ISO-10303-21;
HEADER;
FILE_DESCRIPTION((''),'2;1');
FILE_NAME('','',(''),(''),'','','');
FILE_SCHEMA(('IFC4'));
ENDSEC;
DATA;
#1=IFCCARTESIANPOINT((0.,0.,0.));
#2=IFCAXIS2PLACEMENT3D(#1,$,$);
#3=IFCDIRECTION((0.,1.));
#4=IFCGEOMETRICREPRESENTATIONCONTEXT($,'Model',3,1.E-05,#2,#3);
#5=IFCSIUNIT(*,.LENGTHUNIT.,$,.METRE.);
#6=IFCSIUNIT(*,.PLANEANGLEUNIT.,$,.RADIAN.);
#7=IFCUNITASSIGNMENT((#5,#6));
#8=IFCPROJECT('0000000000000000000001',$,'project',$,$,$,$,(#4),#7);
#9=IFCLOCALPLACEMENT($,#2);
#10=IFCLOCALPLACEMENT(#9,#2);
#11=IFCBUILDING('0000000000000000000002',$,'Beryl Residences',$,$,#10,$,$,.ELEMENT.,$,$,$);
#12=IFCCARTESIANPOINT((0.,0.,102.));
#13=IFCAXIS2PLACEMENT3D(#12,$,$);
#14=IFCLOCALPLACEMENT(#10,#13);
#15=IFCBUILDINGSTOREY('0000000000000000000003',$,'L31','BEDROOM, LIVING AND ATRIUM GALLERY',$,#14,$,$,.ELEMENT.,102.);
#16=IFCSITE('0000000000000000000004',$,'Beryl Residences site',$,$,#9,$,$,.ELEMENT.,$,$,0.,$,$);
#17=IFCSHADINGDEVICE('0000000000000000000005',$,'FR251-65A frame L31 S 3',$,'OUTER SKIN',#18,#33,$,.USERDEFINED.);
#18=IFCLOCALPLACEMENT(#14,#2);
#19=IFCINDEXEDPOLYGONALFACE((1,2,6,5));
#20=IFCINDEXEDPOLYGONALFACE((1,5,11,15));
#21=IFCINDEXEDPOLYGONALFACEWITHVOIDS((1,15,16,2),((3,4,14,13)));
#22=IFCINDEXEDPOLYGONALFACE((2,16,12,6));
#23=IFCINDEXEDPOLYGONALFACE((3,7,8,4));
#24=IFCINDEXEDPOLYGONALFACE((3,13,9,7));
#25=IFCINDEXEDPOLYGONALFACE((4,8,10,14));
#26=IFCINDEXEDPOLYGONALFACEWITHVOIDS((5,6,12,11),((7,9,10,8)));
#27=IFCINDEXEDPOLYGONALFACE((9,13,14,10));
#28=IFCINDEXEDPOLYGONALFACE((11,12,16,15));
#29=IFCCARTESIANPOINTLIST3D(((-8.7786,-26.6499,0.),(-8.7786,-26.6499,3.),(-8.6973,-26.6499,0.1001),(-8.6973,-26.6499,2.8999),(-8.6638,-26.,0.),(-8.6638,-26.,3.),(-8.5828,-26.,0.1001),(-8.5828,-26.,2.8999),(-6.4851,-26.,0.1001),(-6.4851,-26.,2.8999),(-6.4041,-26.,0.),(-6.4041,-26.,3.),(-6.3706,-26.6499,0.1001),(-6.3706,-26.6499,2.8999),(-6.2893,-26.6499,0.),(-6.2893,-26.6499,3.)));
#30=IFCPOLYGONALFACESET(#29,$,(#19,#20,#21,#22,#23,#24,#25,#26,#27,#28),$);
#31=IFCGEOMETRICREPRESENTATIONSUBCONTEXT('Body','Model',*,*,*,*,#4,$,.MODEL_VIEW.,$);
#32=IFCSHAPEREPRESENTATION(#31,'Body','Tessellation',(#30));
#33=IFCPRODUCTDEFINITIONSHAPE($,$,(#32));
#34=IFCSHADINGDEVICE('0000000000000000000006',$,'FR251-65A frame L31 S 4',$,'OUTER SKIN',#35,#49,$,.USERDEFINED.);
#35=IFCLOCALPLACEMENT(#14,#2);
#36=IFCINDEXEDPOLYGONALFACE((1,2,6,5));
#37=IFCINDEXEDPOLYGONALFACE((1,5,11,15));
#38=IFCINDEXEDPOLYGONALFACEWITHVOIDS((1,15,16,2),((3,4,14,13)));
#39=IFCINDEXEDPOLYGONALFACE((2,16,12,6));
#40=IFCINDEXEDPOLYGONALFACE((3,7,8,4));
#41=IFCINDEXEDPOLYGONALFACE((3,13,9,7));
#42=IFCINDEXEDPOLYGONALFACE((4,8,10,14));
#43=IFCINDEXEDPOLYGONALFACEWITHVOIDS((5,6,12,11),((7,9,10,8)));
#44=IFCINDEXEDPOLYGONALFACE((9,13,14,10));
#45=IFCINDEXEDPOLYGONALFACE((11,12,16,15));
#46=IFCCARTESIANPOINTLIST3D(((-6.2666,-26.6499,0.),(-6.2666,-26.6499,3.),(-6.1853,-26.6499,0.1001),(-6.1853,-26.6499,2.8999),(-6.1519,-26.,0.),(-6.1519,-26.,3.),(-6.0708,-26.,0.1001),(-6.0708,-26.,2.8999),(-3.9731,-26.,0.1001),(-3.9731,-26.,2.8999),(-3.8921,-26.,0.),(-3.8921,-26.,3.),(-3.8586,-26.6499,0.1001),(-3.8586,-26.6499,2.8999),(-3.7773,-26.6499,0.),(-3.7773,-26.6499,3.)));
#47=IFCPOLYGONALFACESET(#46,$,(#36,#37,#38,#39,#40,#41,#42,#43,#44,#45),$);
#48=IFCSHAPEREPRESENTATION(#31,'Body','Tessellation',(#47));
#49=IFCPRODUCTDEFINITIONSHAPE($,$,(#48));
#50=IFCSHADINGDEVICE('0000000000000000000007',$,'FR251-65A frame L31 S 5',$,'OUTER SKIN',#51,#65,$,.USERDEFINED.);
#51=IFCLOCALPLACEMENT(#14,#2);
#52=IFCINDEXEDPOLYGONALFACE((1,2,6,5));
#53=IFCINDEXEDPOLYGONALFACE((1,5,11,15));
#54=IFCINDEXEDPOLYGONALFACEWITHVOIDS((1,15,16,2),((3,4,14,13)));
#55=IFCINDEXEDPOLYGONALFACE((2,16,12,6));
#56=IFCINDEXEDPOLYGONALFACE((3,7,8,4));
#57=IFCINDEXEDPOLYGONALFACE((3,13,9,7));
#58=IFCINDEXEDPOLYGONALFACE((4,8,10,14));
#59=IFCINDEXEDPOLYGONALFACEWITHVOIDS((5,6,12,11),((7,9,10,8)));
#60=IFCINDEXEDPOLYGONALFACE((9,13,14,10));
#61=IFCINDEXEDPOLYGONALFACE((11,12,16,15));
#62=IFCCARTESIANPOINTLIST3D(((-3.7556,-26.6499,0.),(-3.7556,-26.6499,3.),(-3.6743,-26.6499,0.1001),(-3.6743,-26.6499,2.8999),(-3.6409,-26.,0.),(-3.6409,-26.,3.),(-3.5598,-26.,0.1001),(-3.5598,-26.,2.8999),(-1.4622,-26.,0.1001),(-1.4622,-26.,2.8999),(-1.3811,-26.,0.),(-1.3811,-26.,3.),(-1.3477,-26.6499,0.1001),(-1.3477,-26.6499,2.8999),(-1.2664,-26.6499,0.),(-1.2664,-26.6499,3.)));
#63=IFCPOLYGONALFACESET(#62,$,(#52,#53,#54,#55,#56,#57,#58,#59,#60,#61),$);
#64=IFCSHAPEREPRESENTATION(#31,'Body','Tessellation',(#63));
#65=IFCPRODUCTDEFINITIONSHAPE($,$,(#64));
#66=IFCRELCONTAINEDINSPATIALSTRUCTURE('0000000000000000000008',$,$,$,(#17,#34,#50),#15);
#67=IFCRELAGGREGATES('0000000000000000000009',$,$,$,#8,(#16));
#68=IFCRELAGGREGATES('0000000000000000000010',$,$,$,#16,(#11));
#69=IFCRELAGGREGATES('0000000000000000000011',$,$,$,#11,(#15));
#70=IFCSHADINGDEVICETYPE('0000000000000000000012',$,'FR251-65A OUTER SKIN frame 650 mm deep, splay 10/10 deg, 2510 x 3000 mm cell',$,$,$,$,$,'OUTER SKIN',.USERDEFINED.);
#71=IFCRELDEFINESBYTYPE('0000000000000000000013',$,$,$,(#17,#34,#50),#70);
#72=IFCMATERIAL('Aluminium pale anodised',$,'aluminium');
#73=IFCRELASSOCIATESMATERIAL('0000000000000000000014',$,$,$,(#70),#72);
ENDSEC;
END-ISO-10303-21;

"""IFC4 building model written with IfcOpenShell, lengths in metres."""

from ifc_helpers import new_model, entity, si_unit, direction, frame, origin, place, context, subcontext, project, spatial, source, transform, mapped, material, type_object, type_shapes, element, save


model = new_model("IFC4")

# Units and contexts
model_context = context("Model", 3, precision=1e-05, world=origin(), true_north=direction((0.0, 1.0)))
body_context = subcontext(model_context, "Body", "Model", "MODEL_VIEW")
ifc_project = project(units=[si_unit("LENGTHUNIT", "METRE"), si_unit("PLANEANGLEUNIT", "RADIAN")], contexts=[model_context])

# Site, building, storey
site_placement = place(None, origin())
site = spatial("IfcSite", under=ifc_project, at=site_placement, Name="Beryl Residences site", CompositionType="ELEMENT", RefElevation=0.0)
building_placement = place(site_placement, origin())
building = spatial("IfcBuilding", under=site, at=building_placement, Name="Beryl Residences", CompositionType="ELEMENT")
storey_placement = place(building_placement, frame((0.0, 0.0, 102.0)))
storey = spatial("IfcBuildingStorey", under=building, at=storey_placement, Name="L31", Description="BEDROOM, LIVING AND ATRIUM GALLERY", CompositionType="ELEMENT", Elevation=102.0)

# Shading devices
ifc_material_1 = material(Name="Aluminium pale anodised", Category="aluminium")
shading_device_type = type_object("IfcShadingDeviceType", Name="FR251-65A OUTER SKIN frame 650 mm deep, splay 10/10 deg, 2510 x 3000 mm cell", ElementType="OUTER SKIN", PredefinedType="USERDEFINED", material=ifc_material_1)
cartesian_point_1 = entity("IfcCartesianPoint", [-1.1299, 0.0])
cartesian_point_2 = entity("IfcCartesianPoint", [-1.0488, 0.1001])
cartesian_point_3 = entity("IfcCartesianPoint", [-1.2446, 0.0])
cartesian_point_4 = entity("IfcCartesianPoint", [-1.1633, 0.1001])
shared_shape = source(origin(), body_context, "Body", "SweptSolid", [
    entity("IfcExtrudedAreaSolidTapered", entity("IfcArbitraryProfileDefWithVoids", "AREA", None, entity("IfcPolyline", [cartesian_point_1, entity("IfcCartesianPoint", [1.1299, 0.0]), entity("IfcCartesianPoint", [1.1299, 3.0]), entity("IfcCartesianPoint", [-1.1299, 3.0]), cartesian_point_1]), [entity("IfcPolyline", [cartesian_point_2, entity("IfcCartesianPoint", [1.0488, 0.1001]), entity("IfcCartesianPoint", [1.0488, 2.8999]), entity("IfcCartesianPoint", [-1.0488, 2.8999]), cartesian_point_2])]), entity("IfcAxis2Placement3D", entity("IfcCartesianPoint", [0.0, 0.0, 0.0]), entity("IfcDirection", [0.0, 1.0, 0.0]), entity("IfcDirection", [-1.0, 0.0, 0.0])), entity("IfcDirection", [0.0, 0.0, 1.0]), 0.6499, entity("IfcArbitraryProfileDefWithVoids", "AREA", None, entity("IfcPolyline", [cartesian_point_3, entity("IfcCartesianPoint", [1.2446, 0.0]), entity("IfcCartesianPoint", [1.2446, 3.0]), entity("IfcCartesianPoint", [-1.2446, 3.0]), cartesian_point_3]), [entity("IfcPolyline", [cartesian_point_4, entity("IfcCartesianPoint", [1.1633, 0.1001]), entity("IfcCartesianPoint", [1.1633, 2.8999]), entity("IfcCartesianPoint", [-1.1633, 2.8999]), cartesian_point_4])])),
])
type_shapes(shading_device_type, [shared_shape])
for number, where, z_axis, x_axis, name in (
    (1, (-7.5339, -26.0, 0.0), (0.0, 0.0, 1.0), (-1.0, 0.0, 0.0), "FR251-65A frame L31 S 3"),
    (2, (-5.022, -26.0, 0.0), (0.0, 0.0, 1.0), (-1.0, 0.0, 0.0), "FR251-65A frame L31 S 4"),
    (3, (-2.511, -26.0, 0.0), (0.0, 0.0, 1.0), (-1.0, 0.0, 0.0), "FR251-65A frame L31 S 5"),
):
    element("IfcShadingDevice", number, at=place(storey_placement, frame(where, z_axis=z_axis, x_axis=x_axis)), inside=storey, type_object=shading_device_type, Name=name, ObjectType="OUTER SKIN", PredefinedType="USERDEFINED", context=body_context, shape_type="MappedRepresentation", body=[
        mapped(shared_shape, transform((0.0, 0.0, 0.0))),
    ])

save(model, "model.ifc")
